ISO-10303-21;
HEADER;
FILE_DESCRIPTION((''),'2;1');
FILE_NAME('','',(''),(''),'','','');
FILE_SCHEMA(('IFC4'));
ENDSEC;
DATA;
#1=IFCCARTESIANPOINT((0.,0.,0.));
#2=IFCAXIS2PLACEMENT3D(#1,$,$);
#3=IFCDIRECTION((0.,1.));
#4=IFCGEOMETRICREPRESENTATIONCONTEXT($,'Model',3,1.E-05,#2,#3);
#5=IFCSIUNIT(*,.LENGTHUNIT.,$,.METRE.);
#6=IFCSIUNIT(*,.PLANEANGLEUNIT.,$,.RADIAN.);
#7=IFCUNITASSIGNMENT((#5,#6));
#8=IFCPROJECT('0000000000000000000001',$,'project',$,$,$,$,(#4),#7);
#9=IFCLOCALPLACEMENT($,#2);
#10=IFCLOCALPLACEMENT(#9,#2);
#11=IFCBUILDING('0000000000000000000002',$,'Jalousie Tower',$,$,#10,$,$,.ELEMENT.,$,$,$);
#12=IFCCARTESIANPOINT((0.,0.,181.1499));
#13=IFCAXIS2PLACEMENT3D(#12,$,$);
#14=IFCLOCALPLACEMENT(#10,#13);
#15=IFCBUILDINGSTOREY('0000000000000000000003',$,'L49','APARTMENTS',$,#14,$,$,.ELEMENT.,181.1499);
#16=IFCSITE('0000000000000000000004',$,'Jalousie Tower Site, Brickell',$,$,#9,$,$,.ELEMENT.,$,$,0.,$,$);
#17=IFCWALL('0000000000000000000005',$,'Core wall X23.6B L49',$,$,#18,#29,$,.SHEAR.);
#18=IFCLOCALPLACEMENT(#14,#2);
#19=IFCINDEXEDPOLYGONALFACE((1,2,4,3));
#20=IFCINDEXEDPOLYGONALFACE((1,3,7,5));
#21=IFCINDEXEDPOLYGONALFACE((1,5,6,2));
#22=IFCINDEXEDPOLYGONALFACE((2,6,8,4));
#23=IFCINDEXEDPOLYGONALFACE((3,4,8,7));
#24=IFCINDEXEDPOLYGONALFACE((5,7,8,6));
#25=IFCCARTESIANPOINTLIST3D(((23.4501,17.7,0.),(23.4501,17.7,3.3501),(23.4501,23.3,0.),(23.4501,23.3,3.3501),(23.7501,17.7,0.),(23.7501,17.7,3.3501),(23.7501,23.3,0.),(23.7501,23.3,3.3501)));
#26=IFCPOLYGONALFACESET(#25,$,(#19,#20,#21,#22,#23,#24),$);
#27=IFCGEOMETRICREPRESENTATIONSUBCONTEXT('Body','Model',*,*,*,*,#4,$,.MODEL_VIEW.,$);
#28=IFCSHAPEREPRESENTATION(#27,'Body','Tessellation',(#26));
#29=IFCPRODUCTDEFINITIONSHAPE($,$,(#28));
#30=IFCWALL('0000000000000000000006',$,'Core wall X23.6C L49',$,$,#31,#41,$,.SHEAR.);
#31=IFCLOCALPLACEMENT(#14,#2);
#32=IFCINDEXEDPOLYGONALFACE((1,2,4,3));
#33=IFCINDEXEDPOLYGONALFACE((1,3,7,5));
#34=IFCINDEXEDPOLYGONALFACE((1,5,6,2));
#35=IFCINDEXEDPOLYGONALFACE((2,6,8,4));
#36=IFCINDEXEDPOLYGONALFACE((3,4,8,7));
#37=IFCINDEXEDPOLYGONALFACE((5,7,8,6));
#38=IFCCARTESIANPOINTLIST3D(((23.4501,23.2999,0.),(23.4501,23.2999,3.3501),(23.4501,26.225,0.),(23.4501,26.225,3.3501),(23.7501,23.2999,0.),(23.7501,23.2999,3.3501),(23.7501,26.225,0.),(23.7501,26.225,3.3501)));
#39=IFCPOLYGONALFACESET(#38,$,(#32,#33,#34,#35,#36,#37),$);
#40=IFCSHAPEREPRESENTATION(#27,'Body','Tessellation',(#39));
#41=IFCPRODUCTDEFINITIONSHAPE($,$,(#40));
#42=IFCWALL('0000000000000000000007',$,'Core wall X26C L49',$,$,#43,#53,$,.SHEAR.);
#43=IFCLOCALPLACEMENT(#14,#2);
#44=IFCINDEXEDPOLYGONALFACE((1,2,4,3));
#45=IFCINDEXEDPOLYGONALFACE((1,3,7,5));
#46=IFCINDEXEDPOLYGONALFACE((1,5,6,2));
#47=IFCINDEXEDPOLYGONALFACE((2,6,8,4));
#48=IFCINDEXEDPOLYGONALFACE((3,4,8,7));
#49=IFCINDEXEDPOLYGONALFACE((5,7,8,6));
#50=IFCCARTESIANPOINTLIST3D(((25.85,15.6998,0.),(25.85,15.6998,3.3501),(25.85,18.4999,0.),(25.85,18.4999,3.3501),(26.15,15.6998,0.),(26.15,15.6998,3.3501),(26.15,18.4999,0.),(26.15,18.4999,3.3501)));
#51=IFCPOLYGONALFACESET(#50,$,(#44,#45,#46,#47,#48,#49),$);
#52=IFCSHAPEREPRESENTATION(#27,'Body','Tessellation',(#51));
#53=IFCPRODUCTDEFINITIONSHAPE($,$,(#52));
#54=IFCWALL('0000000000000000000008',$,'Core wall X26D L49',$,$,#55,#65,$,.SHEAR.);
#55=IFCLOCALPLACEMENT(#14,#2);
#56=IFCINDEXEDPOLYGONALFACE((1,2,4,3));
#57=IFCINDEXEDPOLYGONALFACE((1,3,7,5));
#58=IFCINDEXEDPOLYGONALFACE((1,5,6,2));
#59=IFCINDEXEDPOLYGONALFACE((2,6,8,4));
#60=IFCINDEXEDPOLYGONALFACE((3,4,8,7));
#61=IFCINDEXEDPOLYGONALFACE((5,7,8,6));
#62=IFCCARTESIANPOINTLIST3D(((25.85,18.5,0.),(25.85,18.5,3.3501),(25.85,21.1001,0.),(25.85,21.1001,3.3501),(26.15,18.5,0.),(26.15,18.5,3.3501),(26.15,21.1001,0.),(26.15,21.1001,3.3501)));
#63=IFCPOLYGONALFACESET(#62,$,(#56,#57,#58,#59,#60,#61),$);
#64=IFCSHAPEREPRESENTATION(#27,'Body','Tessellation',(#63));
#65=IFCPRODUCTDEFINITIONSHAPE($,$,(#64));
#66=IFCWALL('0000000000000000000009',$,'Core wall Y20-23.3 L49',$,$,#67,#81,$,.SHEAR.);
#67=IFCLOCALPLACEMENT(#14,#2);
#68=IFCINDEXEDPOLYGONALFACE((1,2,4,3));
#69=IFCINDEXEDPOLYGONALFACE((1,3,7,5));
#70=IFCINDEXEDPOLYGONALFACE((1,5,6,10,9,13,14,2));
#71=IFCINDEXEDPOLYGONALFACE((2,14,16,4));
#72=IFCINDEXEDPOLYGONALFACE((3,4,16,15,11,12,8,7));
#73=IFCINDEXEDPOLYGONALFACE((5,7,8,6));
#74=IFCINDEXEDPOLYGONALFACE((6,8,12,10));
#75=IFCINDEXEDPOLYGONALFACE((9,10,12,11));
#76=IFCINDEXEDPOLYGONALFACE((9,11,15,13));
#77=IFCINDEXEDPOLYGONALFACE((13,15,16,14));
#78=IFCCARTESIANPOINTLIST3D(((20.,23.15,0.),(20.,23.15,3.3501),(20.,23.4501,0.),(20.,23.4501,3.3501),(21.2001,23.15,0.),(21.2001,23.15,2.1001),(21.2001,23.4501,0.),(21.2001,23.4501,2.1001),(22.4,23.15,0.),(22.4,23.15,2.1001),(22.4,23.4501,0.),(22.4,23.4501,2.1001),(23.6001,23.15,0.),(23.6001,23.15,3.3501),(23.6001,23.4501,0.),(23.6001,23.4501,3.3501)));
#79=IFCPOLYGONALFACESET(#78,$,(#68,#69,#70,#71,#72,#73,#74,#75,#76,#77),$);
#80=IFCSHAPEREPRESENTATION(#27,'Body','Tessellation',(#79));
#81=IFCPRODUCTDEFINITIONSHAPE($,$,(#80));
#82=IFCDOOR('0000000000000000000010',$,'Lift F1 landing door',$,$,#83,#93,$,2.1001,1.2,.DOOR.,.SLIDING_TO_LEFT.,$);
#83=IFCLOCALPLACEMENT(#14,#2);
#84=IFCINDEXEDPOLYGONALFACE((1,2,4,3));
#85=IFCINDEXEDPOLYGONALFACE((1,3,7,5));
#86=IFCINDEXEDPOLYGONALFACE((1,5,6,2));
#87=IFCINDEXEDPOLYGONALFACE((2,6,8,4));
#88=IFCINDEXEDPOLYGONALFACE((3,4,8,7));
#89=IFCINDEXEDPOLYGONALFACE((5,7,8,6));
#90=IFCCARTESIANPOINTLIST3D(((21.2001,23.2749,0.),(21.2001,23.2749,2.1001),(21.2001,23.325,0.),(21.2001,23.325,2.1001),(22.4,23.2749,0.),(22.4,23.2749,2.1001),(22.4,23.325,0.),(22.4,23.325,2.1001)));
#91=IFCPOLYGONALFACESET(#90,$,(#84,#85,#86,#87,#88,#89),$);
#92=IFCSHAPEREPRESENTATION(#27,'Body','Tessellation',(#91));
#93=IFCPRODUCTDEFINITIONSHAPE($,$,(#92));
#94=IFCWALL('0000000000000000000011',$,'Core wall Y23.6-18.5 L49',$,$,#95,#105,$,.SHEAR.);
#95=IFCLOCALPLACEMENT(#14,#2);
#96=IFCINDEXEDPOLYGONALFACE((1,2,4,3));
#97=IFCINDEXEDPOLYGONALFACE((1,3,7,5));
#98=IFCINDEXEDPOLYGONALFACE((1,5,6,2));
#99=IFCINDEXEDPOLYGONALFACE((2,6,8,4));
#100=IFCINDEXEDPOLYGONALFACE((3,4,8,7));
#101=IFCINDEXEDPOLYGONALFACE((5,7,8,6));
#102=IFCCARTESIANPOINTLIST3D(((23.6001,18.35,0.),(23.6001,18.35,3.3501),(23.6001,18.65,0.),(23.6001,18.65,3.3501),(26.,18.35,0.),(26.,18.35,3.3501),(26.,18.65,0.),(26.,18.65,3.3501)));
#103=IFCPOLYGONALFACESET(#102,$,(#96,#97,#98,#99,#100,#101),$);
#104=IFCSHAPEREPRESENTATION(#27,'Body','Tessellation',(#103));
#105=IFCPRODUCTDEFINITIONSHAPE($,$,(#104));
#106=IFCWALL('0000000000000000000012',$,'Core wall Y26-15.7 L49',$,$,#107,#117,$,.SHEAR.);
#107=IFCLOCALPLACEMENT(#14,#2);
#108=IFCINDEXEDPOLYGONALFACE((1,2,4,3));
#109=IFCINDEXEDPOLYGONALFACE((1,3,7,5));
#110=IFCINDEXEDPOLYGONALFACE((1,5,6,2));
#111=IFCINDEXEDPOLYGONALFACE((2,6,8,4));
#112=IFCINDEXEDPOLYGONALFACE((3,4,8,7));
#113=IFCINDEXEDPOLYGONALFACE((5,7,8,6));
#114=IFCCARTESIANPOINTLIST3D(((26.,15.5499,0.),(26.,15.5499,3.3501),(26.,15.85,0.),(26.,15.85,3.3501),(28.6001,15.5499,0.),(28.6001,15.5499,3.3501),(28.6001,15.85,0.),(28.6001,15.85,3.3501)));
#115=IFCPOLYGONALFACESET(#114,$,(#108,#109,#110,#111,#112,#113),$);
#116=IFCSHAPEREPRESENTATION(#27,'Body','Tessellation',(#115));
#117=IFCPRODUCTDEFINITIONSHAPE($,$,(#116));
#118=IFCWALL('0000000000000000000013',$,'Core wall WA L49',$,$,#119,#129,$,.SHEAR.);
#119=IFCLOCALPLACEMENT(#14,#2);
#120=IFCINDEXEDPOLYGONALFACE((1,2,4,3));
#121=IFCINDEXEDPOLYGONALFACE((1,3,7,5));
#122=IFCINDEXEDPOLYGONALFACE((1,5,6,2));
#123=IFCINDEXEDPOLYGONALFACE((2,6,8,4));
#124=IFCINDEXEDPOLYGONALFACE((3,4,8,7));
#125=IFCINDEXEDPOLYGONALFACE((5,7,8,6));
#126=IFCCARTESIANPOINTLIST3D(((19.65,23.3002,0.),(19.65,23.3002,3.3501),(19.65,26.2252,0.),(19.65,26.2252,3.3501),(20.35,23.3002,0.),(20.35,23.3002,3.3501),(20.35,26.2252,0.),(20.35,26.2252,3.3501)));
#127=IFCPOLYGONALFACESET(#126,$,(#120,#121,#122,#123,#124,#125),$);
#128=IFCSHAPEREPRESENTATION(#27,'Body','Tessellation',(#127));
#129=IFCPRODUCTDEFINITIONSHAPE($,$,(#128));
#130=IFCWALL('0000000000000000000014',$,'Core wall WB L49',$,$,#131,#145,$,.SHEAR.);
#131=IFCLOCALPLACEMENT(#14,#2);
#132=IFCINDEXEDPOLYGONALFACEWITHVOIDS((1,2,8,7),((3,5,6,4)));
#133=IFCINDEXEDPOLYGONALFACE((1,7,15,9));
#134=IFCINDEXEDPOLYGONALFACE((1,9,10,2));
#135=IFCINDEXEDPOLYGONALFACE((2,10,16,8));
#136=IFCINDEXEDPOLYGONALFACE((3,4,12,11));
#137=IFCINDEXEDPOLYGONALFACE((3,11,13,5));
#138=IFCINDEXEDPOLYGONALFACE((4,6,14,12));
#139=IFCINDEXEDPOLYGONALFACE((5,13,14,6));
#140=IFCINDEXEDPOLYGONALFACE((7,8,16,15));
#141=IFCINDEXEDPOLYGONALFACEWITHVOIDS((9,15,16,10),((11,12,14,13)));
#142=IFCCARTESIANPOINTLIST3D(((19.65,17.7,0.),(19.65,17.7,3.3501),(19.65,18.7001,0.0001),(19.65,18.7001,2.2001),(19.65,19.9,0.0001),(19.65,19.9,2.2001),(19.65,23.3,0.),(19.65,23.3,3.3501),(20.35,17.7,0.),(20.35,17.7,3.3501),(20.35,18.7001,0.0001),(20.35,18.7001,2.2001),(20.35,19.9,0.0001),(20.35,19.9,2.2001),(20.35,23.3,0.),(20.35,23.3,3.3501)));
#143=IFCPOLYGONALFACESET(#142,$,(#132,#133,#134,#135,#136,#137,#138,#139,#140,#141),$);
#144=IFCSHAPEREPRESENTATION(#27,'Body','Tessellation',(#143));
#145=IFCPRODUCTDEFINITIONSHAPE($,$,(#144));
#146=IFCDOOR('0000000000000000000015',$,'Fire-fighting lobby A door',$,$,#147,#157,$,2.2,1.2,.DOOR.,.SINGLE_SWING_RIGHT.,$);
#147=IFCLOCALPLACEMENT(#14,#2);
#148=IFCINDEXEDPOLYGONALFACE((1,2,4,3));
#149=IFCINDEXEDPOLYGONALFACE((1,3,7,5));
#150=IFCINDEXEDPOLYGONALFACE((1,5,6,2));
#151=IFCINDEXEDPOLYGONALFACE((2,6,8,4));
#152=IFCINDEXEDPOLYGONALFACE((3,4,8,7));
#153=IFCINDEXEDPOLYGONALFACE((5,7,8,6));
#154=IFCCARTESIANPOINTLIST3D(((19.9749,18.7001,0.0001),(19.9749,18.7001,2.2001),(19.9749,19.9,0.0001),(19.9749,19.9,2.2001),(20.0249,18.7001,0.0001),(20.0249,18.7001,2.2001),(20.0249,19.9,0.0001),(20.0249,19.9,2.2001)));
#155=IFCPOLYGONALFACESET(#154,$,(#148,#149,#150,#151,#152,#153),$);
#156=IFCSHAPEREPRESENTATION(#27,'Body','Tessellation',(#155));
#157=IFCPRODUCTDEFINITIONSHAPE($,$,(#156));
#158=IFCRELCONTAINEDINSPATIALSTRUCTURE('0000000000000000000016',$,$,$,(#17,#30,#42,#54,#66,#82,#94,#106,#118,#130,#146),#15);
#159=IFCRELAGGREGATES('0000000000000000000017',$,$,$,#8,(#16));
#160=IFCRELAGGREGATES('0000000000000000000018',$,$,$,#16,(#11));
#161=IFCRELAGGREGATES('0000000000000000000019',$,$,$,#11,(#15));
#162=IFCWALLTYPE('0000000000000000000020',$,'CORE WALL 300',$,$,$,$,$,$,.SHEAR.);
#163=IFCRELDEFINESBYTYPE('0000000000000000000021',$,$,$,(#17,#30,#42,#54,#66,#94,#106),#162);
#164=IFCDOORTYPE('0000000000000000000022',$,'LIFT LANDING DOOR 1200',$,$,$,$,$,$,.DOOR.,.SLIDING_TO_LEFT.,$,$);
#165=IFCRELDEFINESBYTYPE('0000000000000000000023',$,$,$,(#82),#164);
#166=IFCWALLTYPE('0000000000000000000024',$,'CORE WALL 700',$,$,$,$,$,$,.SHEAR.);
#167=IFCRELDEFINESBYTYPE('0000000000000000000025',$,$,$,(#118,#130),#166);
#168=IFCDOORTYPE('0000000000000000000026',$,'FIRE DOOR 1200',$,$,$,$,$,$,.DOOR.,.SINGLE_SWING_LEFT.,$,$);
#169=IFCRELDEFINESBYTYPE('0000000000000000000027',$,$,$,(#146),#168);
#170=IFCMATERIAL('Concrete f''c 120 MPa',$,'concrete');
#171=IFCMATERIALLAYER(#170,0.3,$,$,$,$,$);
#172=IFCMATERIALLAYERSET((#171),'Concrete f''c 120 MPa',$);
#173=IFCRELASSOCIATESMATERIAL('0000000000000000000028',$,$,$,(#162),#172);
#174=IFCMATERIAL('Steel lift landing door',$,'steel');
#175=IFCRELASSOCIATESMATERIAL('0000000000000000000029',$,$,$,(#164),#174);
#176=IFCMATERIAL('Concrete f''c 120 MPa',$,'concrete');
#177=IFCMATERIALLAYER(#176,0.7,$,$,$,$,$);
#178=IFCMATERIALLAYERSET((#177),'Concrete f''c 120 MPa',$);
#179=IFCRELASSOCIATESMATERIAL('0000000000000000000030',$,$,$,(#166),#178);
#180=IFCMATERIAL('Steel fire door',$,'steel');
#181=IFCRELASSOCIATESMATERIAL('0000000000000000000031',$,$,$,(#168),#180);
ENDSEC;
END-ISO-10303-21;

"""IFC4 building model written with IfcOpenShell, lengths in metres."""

from ifc_helpers import new_model, si_unit, direction, frame, frame_2d, origin, place, context, subcontext, project, spatial, rectangle, extrude, material, layer, layer_set, type_object, element, fill, save


model = new_model("IFC4")

# Units and contexts
model_context = context("Model", 3, precision=1e-05, world=origin(), true_north=direction((0.0, 1.0)))
body_context = subcontext(model_context, "Body", "Model", "MODEL_VIEW")
ifc_project = project(units=[si_unit("LENGTHUNIT", "METRE"), si_unit("PLANEANGLEUNIT", "RADIAN")], contexts=[model_context])

# Site, building, storey
site_placement = place(None, origin())
site = spatial("IfcSite", under=ifc_project, at=site_placement, Name="Jalousie Tower Site, Brickell", CompositionType="ELEMENT", RefElevation=0.0)
building_placement = place(site_placement, origin())
building = spatial("IfcBuilding", under=site, at=building_placement, Name="Jalousie Tower", CompositionType="ELEMENT")
storey_placement = place(building_placement, frame((0.0, 0.0, 181.1499)))
storey = spatial("IfcBuildingStorey", under=building, at=storey_placement, Name="L49", Description="APARTMENTS", CompositionType="ELEMENT", Elevation=181.1499)

# Walls
ifc_material_1 = material(Name="Concrete f'c 120 MPa", Category="concrete")
ifc_layer_1 = layer(ifc_material_1, 0.3)
ifc_layer_set_1 = layer_set([ifc_layer_1], Name="Concrete f'c 120 MPa")
wall_type_1 = type_object("IfcWallType", Name="CORE WALL 300", PredefinedType="SHEAR", material=ifc_layer_set_1)
wall_1_placement = place(storey_placement, frame((23.6001, 17.7, 0.0), z_axis=(0.0, 0.0, 1.0), x_axis=(0.0, 1.0, 0.0)))
element("IfcWall", 1, at=wall_1_placement, inside=storey, type_object=wall_type_1, Name="Core wall X23.6B L49", PredefinedType="SHEAR", context=body_context, shape_type="SweptSolid", body=[
    extrude(rectangle(XDim=5.6001, YDim=0.3, at=frame_2d((2.8, 0.0))), origin(), (0.0, 0.0, 1.0), 3.3501),
])
wall_2_placement = place(storey_placement, frame((23.6001, 23.3, 0.0), z_axis=(0.0, 0.0, 1.0), x_axis=(0.0, 1.0, 0.0)))
element("IfcWall", 2, at=wall_2_placement, inside=storey, type_object=wall_type_1, Name="Core wall X23.6C L49", PredefinedType="SHEAR", context=body_context, shape_type="SweptSolid", body=[
    extrude(rectangle(XDim=2.925, YDim=0.3, at=frame_2d((1.4624, 0.0))), origin(), (0.0, 0.0, 1.0), 3.3501),
])
wall_3_placement = place(storey_placement, frame((26.0, 15.7, 0.0), z_axis=(0.0, 0.0, 1.0), x_axis=(0.0, 1.0, 0.0)))
element("IfcWall", 3, at=wall_3_placement, inside=storey, type_object=wall_type_1, Name="Core wall X26C L49", PredefinedType="SHEAR", context=body_context, shape_type="SweptSolid", body=[
    extrude(rectangle(XDim=2.8, YDim=0.3, at=frame_2d((1.3999, 0.0))), origin(), (0.0, 0.0, 1.0), 3.3501),
])
wall_4_placement = place(storey_placement, frame((26.0, 18.5, 0.0), z_axis=(0.0, 0.0, 1.0), x_axis=(0.0, 1.0, 0.0)))
element("IfcWall", 4, at=wall_4_placement, inside=storey, type_object=wall_type_1, Name="Core wall X26D L49", PredefinedType="SHEAR", context=body_context, shape_type="SweptSolid", body=[
    extrude(rectangle(XDim=2.6001, YDim=0.3, at=frame_2d((1.3, 0.0))), origin(), (0.0, 0.0, 1.0), 3.3501),
])

# Wall, opening, door
wall_5_placement = place(storey_placement, frame((20.0, 23.3, 0.0), z_axis=(0.0, 0.0, 1.0), x_axis=(1.0, 0.0, 0.0)))
wall_5 = element("IfcWall", 5, at=wall_5_placement, inside=storey, type_object=wall_type_1, Name="Core wall Y20-23.3 L49", PredefinedType="SHEAR", context=body_context, shape_type="SweptSolid", body=[
    extrude(rectangle(XDim=3.6001, YDim=0.3, at=frame_2d((1.8, 0.0))), origin(), (0.0, 0.0, 1.0), 3.3501),
])
opening_1_placement = place(wall_5_placement, frame((1.2, 0.0, 0.0)))
opening_1 = element("IfcOpeningElement", 6, at=opening_1_placement, cuts=wall_5, PredefinedType="OPENING", context=body_context, shape_type="SweptSolid", body=[
    extrude(rectangle(XDim=1.2, YDim=2.1001, at=frame_2d((0.6001, 1.05))), frame((0.0, 0.1599, 0.0), z_axis=(0.0, -1.0, 0.0), x_axis=(1.0, 0.0, 0.0)), (0.0, 0.0, 1.0), 0.3201),
])
ifc_material_2 = material(Name="Steel lift landing door", Category="steel")
door_type_1 = type_object("IfcDoorType", Name="LIFT LANDING DOOR 1200", OperationType="SLIDING_TO_LEFT", PredefinedType="DOOR", material=ifc_material_2)
door_1_placement = place(opening_1_placement, origin())
door_1 = element("IfcDoor", 7, at=door_1_placement, inside=storey, type_object=door_type_1, Name="Lift F1 landing door", OperationType="SLIDING_TO_LEFT", OverallHeight=2.1001, OverallWidth=1.2, PredefinedType="DOOR", context=body_context, shape_type="SweptSolid", body=[
    extrude(rectangle(XDim=1.2, YDim=2.1001, at=frame_2d((0.6001, 1.05))), frame((0.0, 0.0249, 0.0), z_axis=(0.0, -1.0, 0.0), x_axis=(1.0, 0.0, 0.0)), (0.0, 0.0, 1.0), 0.05),
])
fill(opening_1, door_1)

# Walls
wall_6_placement = place(storey_placement, frame((23.6001, 18.5, 0.0), z_axis=(0.0, 0.0, 1.0), x_axis=(1.0, 0.0, 0.0)))
element("IfcWall", 8, at=wall_6_placement, inside=storey, type_object=wall_type_1, Name="Core wall Y23.6-18.5 L49", PredefinedType="SHEAR", context=body_context, shape_type="SweptSolid", body=[
    extrude(rectangle(XDim=2.3999, YDim=0.3, at=frame_2d((1.2, 0.0))), origin(), (0.0, 0.0, 1.0), 3.3501),
])
wall_7_placement = place(storey_placement, frame((26.0, 15.7, 0.0), z_axis=(0.0, 0.0, 1.0), x_axis=(1.0, 0.0, 0.0)))
element("IfcWall", 9, at=wall_7_placement, inside=storey, type_object=wall_type_1, Name="Core wall Y26-15.7 L49", PredefinedType="SHEAR", context=body_context, shape_type="SweptSolid", body=[
    extrude(rectangle(XDim=2.6001, YDim=0.3, at=frame_2d((1.3, 0.0))), origin(), (0.0, 0.0, 1.0), 3.3501),
])
ifc_material_3 = material(Name="Concrete f'c 120 MPa", Category="concrete")
ifc_layer_2 = layer(ifc_material_3, 0.7)
ifc_layer_set_2 = layer_set([ifc_layer_2], Name="Concrete f'c 120 MPa")
wall_type_2 = type_object("IfcWallType", Name="CORE WALL 700", PredefinedType="SHEAR", material=ifc_layer_set_2)
wall_8_placement = place(storey_placement, frame((20.0, 26.2251, 0.0), z_axis=(0.0, 0.0, 1.0), x_axis=(0.0, -1.0, 0.0)))
element("IfcWall", 10, at=wall_8_placement, inside=storey, type_object=wall_type_2, Name="Core wall WA L49", PredefinedType="SHEAR", context=body_context, shape_type="SweptSolid", body=[
    extrude(rectangle(XDim=2.925, YDim=0.7, at=frame_2d((1.4624, 0.0))), origin(), (0.0, 0.0, 1.0), 3.3501),
])

# Wall, opening, door
wall_9_placement = place(storey_placement, frame((20.0, 23.3, 0.0), z_axis=(0.0, 0.0, 1.0), x_axis=(0.0, -1.0, 0.0)))
wall_9 = element("IfcWall", 11, at=wall_9_placement, inside=storey, type_object=wall_type_2, Name="Core wall WB L49", PredefinedType="SHEAR", context=body_context, shape_type="SweptSolid", body=[
    extrude(rectangle(XDim=5.6001, YDim=0.7, at=frame_2d((2.8, 0.0))), origin(), (0.0, 0.0, 1.0), 3.3501),
])
opening_2_placement = place(wall_9_placement, frame((3.3999, 0.0, 0.0)))
opening_2 = element("IfcOpeningElement", 12, at=opening_2_placement, cuts=wall_9, PredefinedType="OPENING", context=body_context, shape_type="SweptSolid", body=[
    extrude(rectangle(XDim=1.2, YDim=2.2, at=frame_2d((0.6001, 1.1001))), frame((0.0, 0.3599, 0.0), z_axis=(0.0, -1.0, 0.0), x_axis=(1.0, 0.0, 0.0)), (0.0, 0.0, 1.0), 0.72),
])
ifc_material_4 = material(Name="Steel fire door", Category="steel")
door_type_2 = type_object("IfcDoorType", Name="FIRE DOOR 1200", OperationType="SINGLE_SWING_LEFT", PredefinedType="DOOR", material=ifc_material_4)
door_2_placement = place(opening_2_placement, origin())
door_2 = element("IfcDoor", 13, at=door_2_placement, inside=storey, type_object=door_type_2, Name="Fire-fighting lobby A door", OperationType="SINGLE_SWING_RIGHT", OverallHeight=2.2, OverallWidth=1.2, PredefinedType="DOOR", context=body_context, shape_type="SweptSolid", body=[
    extrude(rectangle(XDim=1.2, YDim=2.2, at=frame_2d((0.6001, 1.1001))), frame((0.0, 0.0249, 0.0), z_axis=(0.0, -1.0, 0.0), x_axis=(1.0, 0.0, 0.0)), (0.0, 0.0, 1.0), 0.05),
])
fill(opening_2, door_2)

save(model, "model.ifc")
